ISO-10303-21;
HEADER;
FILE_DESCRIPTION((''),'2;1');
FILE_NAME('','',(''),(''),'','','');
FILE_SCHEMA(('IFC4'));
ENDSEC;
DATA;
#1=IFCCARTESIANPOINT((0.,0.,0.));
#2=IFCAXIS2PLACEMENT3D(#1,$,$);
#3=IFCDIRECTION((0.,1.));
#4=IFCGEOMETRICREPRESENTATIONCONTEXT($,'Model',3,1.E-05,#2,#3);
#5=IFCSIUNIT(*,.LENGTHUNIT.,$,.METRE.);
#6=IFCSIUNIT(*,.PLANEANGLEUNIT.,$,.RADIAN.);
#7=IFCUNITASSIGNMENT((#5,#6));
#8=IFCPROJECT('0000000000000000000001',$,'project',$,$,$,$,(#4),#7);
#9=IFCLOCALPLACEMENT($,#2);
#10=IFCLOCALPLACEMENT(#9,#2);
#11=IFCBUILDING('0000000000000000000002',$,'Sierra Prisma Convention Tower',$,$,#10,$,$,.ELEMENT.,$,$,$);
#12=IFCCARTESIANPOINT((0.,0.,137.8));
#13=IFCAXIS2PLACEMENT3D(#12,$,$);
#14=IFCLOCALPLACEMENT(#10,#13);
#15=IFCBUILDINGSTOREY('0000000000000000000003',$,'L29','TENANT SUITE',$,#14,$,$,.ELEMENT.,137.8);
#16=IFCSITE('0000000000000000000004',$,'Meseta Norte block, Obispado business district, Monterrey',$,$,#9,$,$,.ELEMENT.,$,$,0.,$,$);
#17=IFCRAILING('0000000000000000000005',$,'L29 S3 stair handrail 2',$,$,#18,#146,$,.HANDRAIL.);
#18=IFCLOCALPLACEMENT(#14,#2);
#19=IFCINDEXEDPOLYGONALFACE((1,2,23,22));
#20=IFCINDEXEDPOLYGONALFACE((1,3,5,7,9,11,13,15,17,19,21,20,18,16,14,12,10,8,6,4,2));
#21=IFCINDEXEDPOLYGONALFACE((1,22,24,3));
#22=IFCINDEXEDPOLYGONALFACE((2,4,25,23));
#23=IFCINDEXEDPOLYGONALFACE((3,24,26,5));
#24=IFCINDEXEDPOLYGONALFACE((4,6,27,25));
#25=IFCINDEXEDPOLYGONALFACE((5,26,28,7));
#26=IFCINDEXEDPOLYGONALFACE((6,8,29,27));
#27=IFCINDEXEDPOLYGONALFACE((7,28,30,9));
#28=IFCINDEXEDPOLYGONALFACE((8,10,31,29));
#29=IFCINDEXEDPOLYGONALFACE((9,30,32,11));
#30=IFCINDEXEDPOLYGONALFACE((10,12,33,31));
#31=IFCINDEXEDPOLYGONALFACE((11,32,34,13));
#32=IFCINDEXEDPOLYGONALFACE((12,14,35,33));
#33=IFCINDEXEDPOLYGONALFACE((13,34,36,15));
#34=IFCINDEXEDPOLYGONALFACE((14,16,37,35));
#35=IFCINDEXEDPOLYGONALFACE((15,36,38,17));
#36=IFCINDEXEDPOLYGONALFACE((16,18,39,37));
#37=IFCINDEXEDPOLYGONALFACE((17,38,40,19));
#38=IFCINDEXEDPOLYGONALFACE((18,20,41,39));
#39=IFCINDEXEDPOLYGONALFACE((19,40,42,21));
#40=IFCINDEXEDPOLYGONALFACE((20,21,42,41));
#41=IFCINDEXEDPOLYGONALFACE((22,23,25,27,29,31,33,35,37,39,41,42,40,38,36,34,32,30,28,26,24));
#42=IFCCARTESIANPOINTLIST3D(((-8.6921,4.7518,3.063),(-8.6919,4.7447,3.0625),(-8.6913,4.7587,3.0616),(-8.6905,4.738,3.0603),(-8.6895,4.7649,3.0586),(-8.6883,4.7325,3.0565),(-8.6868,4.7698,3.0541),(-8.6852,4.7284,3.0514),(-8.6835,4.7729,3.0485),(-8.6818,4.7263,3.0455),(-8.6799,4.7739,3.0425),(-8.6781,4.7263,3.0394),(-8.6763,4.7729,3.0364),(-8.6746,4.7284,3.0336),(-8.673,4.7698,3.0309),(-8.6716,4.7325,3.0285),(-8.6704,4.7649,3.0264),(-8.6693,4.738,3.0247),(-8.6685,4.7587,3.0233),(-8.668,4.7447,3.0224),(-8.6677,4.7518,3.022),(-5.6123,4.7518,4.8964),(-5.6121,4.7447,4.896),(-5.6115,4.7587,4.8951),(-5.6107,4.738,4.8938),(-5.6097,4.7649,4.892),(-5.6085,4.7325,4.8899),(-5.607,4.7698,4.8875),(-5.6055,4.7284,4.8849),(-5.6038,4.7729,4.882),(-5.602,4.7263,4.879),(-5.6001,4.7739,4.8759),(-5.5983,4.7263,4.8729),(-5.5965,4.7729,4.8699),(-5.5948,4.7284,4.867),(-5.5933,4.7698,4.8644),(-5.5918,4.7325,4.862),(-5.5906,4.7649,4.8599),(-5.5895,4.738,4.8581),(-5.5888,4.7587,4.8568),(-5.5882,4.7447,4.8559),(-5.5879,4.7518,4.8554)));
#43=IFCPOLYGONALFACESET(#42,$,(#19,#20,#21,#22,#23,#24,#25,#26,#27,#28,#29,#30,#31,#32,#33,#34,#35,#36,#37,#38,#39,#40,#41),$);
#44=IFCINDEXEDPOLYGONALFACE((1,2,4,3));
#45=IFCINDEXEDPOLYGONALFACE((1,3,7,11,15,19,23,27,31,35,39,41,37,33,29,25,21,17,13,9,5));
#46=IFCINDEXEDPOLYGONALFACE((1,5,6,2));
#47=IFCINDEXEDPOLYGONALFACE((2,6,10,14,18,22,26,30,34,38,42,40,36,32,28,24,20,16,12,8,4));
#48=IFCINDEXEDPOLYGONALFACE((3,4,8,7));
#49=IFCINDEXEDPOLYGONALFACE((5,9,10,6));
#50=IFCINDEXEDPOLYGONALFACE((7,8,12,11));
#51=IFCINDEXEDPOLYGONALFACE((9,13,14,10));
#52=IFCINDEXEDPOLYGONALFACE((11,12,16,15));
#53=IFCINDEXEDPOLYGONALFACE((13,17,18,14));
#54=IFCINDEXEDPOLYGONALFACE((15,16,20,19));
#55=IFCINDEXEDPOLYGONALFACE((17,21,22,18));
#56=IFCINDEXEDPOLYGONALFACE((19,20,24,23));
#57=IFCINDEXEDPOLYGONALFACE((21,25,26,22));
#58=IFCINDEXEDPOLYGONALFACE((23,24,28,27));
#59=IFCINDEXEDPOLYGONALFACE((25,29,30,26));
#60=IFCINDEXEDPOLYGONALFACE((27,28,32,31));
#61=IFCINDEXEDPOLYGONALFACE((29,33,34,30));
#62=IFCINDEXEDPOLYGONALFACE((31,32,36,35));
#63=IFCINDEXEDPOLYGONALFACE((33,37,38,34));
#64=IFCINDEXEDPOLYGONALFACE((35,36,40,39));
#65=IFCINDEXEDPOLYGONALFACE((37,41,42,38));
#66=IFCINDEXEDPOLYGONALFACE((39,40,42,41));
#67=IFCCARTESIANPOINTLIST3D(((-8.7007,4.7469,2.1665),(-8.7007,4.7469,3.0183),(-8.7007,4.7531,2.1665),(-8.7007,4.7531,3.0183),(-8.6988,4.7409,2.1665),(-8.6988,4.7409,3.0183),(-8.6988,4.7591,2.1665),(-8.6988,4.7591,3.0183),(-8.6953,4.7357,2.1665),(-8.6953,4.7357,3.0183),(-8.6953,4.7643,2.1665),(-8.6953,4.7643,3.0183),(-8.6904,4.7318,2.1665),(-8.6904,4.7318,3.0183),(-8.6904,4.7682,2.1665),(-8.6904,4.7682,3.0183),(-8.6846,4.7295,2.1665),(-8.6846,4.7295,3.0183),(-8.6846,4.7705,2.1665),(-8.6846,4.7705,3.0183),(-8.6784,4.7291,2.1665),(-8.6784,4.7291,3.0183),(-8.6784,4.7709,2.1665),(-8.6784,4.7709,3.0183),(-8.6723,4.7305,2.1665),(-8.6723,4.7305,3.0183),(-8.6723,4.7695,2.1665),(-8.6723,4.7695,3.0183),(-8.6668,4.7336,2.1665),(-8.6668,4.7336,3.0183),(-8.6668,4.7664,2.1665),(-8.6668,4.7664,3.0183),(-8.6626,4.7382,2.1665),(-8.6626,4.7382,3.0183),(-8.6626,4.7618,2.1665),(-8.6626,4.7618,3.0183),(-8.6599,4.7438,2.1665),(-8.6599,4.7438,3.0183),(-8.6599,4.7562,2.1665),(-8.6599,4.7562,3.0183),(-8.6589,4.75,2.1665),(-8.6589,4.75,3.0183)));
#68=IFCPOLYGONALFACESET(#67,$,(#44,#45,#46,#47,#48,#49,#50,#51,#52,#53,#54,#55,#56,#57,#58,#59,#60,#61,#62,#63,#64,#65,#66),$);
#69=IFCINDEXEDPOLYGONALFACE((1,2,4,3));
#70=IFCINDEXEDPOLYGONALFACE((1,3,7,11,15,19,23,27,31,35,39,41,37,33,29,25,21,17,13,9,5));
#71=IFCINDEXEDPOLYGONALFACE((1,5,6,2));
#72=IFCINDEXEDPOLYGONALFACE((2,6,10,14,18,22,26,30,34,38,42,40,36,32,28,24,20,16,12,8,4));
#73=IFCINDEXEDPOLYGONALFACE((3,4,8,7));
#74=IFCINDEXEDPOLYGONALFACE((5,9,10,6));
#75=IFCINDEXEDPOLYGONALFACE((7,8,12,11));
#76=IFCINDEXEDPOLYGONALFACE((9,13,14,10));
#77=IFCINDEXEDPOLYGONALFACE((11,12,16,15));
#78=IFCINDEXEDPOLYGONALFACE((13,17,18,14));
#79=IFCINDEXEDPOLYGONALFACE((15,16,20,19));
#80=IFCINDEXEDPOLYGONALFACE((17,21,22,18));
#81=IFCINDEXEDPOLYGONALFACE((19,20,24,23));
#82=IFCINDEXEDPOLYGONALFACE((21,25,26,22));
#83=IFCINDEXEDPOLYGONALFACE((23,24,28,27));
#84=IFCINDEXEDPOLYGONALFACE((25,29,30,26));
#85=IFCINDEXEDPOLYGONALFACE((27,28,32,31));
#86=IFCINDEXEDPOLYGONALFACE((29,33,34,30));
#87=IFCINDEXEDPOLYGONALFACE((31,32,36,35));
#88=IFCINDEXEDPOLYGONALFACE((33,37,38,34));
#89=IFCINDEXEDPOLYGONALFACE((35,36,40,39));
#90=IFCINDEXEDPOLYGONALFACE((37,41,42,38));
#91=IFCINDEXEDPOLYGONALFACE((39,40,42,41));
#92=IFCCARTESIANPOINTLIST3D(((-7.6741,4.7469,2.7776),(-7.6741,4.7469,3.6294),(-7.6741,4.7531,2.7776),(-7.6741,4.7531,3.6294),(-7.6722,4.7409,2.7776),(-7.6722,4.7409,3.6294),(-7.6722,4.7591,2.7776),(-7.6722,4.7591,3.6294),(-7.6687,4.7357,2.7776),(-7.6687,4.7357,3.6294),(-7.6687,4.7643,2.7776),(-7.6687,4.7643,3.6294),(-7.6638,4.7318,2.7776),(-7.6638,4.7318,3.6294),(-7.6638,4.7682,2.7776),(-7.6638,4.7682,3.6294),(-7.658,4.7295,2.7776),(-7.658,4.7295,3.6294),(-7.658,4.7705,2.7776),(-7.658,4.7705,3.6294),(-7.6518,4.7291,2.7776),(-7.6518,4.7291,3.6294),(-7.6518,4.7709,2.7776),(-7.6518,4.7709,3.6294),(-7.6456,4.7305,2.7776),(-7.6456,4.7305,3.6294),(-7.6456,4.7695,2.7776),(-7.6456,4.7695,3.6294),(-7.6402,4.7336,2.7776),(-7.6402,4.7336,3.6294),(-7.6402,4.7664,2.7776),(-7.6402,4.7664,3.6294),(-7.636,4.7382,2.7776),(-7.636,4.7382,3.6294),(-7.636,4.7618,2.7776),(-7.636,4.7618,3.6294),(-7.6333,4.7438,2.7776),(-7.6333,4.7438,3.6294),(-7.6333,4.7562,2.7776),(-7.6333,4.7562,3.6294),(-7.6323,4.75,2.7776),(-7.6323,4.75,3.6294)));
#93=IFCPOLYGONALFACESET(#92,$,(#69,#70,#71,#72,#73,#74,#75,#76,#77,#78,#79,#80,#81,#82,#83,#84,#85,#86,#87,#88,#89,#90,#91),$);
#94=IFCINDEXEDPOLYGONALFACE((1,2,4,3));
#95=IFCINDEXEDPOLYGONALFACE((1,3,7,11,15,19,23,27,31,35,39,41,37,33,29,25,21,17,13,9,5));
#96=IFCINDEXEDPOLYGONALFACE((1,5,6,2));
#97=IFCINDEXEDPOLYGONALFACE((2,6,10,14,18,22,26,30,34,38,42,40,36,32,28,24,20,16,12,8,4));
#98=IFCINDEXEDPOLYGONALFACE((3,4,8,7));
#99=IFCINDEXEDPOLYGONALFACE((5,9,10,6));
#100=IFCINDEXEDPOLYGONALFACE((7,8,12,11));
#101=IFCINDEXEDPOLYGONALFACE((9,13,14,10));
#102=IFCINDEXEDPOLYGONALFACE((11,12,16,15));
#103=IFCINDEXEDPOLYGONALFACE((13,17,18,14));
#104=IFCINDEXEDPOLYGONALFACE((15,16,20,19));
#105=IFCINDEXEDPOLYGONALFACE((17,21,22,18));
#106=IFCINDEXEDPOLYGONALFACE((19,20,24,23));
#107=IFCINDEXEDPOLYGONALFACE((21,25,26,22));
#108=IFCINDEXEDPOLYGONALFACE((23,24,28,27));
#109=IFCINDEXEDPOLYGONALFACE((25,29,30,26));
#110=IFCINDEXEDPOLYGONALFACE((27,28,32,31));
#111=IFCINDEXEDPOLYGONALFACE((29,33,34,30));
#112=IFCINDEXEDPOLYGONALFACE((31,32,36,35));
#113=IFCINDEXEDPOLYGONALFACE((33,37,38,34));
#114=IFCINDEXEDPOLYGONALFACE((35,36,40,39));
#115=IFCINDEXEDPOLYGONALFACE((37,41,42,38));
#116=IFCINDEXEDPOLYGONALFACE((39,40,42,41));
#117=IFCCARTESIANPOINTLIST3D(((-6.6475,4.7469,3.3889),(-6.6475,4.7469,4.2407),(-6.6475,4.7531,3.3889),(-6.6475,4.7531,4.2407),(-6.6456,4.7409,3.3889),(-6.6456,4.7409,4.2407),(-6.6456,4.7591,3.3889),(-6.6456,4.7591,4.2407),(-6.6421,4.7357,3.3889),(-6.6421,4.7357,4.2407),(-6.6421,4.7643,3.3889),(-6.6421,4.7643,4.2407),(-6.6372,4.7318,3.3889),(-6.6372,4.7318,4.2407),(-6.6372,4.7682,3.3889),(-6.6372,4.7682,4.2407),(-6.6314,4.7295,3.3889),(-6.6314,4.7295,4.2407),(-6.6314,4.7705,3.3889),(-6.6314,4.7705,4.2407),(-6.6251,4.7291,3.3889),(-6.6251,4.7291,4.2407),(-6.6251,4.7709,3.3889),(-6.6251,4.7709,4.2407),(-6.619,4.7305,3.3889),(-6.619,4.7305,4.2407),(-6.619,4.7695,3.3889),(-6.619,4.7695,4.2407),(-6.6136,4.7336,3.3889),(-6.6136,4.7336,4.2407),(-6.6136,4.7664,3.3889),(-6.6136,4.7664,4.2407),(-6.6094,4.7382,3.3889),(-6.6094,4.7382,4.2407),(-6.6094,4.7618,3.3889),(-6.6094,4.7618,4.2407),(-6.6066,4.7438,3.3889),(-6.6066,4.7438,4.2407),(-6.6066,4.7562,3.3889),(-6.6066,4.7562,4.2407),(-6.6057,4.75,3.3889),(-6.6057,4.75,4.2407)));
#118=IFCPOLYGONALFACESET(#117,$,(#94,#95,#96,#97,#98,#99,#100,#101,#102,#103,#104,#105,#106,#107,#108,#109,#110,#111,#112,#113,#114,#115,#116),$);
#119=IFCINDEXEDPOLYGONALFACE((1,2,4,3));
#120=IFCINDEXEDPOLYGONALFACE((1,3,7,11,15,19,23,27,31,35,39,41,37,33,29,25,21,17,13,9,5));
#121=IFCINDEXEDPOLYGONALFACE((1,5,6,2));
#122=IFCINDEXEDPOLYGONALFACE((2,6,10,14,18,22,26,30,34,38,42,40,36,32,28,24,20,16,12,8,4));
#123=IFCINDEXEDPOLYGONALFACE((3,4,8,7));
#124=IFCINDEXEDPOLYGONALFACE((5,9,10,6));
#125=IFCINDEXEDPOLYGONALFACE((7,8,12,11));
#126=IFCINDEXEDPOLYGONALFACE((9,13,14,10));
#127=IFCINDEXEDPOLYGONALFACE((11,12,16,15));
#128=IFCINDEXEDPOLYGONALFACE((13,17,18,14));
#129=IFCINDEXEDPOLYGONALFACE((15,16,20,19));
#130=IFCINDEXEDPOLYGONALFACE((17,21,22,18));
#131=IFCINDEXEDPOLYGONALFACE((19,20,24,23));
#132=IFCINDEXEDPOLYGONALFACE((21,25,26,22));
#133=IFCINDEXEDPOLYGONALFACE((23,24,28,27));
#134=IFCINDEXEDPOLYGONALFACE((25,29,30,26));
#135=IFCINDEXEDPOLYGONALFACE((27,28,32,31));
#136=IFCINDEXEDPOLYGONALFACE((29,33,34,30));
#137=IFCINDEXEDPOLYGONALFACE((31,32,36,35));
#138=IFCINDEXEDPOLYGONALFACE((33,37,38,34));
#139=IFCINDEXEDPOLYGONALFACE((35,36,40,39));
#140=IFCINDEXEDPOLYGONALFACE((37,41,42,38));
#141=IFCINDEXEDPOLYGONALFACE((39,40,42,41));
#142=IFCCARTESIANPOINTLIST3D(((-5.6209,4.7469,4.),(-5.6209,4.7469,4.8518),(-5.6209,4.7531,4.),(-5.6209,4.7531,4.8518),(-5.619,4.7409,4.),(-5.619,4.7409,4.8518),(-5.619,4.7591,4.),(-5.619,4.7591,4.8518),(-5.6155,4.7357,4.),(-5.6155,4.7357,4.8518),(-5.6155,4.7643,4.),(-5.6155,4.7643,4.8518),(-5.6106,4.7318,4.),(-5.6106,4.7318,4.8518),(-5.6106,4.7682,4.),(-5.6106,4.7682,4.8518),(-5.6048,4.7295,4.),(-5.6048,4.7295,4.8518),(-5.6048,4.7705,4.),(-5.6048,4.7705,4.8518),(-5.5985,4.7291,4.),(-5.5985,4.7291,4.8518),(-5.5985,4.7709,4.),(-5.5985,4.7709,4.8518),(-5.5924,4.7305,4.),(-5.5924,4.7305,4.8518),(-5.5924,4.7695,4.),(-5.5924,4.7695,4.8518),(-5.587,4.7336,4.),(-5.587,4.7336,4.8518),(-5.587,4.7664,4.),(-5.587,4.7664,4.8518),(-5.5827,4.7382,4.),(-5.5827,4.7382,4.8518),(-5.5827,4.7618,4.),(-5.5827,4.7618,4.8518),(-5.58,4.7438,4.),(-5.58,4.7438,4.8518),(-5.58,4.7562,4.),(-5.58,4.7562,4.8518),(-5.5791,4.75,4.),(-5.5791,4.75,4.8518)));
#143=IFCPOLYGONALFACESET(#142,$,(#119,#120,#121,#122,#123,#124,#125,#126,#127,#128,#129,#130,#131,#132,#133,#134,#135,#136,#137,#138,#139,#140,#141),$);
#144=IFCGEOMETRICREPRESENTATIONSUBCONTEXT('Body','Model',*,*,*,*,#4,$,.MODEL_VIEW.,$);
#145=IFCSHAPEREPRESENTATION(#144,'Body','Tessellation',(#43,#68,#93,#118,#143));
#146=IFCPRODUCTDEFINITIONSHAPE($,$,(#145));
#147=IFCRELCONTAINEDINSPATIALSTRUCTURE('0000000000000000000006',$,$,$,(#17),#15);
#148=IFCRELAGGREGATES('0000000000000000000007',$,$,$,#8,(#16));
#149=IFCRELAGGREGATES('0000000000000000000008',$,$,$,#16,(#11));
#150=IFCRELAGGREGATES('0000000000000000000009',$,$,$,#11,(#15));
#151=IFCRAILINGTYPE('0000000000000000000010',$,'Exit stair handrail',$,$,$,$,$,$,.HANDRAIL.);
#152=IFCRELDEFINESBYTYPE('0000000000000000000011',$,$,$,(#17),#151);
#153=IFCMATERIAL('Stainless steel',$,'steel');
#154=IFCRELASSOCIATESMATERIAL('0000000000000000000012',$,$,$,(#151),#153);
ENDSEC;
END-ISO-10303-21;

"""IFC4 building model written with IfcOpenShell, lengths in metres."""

from ifc_helpers import new_model, si_unit, direction, frame, origin, origin_2d, place, context, subcontext, project, spatial, circle, extrude, material, type_object, element, save


model = new_model("IFC4")

# Units and contexts
model_context = context("Model", 3, precision=1e-05, world=origin(), true_north=direction((0.0, 1.0)))
body_context = subcontext(model_context, "Body", "Model", "MODEL_VIEW")
ifc_project = project(units=[si_unit("LENGTHUNIT", "METRE"), si_unit("PLANEANGLEUNIT", "RADIAN")], contexts=[model_context])

# Site, building, storey
site_placement = place(None, origin())
site = spatial("IfcSite", under=ifc_project, at=site_placement, Name="Meseta Norte block, Obispado business district, Monterrey", CompositionType="ELEMENT", RefElevation=0.0)
building_placement = place(site_placement, origin())
building = spatial("IfcBuilding", under=site, at=building_placement, Name="Sierra Prisma Convention Tower", CompositionType="ELEMENT")
storey_placement = place(building_placement, frame((0.0, 0.0, 137.8)))
storey = spatial("IfcBuildingStorey", under=building, at=storey_placement, Name="L29", Description="TENANT SUITE", CompositionType="ELEMENT", Elevation=137.8)

# Railing
ifc_material_1 = material(Name="Stainless steel", Category="steel")
railing_type_1 = type_object("IfcRailingType", Name="Exit stair handrail", PredefinedType="HANDRAIL", material=ifc_material_1)
railing_1_placement = place(storey_placement, frame((-8.6799, 4.75, 2.1665)))
element("IfcRailing", 1, at=railing_1_placement, inside=storey, type_object=railing_type_1, Name="L29 S3 stair handrail 2", PredefinedType="HANDRAIL", context=body_context, shape_type="SweptSolid", body=[
    extrude(circle(Radius=0.0239, at=origin_2d()), frame((0.0, 0.0, 0.876), z_axis=(0.859261, 0.0, 0.511538), x_axis=(0.0, 1.0, 0.0)), (0.0, 0.0, 1.0), 3.5842),
    extrude(circle(Radius=0.021, at=origin_2d()), origin(), (0.0, 0.0, 1.0), 0.8518),
    extrude(circle(Radius=0.021, at=origin_2d()), frame((1.0266, 0.0, 0.6111)), (0.0, 0.0, 1.0), 0.8518),
    extrude(circle(Radius=0.021, at=origin_2d()), frame((2.0532, 0.0, 1.2224)), (0.0, 0.0, 1.0), 0.8518),
    extrude(circle(Radius=0.021, at=origin_2d()), frame((3.0798, 0.0, 1.8335)), (0.0, 0.0, 1.0), 0.8518),
])

save(model, "model.ifc")
